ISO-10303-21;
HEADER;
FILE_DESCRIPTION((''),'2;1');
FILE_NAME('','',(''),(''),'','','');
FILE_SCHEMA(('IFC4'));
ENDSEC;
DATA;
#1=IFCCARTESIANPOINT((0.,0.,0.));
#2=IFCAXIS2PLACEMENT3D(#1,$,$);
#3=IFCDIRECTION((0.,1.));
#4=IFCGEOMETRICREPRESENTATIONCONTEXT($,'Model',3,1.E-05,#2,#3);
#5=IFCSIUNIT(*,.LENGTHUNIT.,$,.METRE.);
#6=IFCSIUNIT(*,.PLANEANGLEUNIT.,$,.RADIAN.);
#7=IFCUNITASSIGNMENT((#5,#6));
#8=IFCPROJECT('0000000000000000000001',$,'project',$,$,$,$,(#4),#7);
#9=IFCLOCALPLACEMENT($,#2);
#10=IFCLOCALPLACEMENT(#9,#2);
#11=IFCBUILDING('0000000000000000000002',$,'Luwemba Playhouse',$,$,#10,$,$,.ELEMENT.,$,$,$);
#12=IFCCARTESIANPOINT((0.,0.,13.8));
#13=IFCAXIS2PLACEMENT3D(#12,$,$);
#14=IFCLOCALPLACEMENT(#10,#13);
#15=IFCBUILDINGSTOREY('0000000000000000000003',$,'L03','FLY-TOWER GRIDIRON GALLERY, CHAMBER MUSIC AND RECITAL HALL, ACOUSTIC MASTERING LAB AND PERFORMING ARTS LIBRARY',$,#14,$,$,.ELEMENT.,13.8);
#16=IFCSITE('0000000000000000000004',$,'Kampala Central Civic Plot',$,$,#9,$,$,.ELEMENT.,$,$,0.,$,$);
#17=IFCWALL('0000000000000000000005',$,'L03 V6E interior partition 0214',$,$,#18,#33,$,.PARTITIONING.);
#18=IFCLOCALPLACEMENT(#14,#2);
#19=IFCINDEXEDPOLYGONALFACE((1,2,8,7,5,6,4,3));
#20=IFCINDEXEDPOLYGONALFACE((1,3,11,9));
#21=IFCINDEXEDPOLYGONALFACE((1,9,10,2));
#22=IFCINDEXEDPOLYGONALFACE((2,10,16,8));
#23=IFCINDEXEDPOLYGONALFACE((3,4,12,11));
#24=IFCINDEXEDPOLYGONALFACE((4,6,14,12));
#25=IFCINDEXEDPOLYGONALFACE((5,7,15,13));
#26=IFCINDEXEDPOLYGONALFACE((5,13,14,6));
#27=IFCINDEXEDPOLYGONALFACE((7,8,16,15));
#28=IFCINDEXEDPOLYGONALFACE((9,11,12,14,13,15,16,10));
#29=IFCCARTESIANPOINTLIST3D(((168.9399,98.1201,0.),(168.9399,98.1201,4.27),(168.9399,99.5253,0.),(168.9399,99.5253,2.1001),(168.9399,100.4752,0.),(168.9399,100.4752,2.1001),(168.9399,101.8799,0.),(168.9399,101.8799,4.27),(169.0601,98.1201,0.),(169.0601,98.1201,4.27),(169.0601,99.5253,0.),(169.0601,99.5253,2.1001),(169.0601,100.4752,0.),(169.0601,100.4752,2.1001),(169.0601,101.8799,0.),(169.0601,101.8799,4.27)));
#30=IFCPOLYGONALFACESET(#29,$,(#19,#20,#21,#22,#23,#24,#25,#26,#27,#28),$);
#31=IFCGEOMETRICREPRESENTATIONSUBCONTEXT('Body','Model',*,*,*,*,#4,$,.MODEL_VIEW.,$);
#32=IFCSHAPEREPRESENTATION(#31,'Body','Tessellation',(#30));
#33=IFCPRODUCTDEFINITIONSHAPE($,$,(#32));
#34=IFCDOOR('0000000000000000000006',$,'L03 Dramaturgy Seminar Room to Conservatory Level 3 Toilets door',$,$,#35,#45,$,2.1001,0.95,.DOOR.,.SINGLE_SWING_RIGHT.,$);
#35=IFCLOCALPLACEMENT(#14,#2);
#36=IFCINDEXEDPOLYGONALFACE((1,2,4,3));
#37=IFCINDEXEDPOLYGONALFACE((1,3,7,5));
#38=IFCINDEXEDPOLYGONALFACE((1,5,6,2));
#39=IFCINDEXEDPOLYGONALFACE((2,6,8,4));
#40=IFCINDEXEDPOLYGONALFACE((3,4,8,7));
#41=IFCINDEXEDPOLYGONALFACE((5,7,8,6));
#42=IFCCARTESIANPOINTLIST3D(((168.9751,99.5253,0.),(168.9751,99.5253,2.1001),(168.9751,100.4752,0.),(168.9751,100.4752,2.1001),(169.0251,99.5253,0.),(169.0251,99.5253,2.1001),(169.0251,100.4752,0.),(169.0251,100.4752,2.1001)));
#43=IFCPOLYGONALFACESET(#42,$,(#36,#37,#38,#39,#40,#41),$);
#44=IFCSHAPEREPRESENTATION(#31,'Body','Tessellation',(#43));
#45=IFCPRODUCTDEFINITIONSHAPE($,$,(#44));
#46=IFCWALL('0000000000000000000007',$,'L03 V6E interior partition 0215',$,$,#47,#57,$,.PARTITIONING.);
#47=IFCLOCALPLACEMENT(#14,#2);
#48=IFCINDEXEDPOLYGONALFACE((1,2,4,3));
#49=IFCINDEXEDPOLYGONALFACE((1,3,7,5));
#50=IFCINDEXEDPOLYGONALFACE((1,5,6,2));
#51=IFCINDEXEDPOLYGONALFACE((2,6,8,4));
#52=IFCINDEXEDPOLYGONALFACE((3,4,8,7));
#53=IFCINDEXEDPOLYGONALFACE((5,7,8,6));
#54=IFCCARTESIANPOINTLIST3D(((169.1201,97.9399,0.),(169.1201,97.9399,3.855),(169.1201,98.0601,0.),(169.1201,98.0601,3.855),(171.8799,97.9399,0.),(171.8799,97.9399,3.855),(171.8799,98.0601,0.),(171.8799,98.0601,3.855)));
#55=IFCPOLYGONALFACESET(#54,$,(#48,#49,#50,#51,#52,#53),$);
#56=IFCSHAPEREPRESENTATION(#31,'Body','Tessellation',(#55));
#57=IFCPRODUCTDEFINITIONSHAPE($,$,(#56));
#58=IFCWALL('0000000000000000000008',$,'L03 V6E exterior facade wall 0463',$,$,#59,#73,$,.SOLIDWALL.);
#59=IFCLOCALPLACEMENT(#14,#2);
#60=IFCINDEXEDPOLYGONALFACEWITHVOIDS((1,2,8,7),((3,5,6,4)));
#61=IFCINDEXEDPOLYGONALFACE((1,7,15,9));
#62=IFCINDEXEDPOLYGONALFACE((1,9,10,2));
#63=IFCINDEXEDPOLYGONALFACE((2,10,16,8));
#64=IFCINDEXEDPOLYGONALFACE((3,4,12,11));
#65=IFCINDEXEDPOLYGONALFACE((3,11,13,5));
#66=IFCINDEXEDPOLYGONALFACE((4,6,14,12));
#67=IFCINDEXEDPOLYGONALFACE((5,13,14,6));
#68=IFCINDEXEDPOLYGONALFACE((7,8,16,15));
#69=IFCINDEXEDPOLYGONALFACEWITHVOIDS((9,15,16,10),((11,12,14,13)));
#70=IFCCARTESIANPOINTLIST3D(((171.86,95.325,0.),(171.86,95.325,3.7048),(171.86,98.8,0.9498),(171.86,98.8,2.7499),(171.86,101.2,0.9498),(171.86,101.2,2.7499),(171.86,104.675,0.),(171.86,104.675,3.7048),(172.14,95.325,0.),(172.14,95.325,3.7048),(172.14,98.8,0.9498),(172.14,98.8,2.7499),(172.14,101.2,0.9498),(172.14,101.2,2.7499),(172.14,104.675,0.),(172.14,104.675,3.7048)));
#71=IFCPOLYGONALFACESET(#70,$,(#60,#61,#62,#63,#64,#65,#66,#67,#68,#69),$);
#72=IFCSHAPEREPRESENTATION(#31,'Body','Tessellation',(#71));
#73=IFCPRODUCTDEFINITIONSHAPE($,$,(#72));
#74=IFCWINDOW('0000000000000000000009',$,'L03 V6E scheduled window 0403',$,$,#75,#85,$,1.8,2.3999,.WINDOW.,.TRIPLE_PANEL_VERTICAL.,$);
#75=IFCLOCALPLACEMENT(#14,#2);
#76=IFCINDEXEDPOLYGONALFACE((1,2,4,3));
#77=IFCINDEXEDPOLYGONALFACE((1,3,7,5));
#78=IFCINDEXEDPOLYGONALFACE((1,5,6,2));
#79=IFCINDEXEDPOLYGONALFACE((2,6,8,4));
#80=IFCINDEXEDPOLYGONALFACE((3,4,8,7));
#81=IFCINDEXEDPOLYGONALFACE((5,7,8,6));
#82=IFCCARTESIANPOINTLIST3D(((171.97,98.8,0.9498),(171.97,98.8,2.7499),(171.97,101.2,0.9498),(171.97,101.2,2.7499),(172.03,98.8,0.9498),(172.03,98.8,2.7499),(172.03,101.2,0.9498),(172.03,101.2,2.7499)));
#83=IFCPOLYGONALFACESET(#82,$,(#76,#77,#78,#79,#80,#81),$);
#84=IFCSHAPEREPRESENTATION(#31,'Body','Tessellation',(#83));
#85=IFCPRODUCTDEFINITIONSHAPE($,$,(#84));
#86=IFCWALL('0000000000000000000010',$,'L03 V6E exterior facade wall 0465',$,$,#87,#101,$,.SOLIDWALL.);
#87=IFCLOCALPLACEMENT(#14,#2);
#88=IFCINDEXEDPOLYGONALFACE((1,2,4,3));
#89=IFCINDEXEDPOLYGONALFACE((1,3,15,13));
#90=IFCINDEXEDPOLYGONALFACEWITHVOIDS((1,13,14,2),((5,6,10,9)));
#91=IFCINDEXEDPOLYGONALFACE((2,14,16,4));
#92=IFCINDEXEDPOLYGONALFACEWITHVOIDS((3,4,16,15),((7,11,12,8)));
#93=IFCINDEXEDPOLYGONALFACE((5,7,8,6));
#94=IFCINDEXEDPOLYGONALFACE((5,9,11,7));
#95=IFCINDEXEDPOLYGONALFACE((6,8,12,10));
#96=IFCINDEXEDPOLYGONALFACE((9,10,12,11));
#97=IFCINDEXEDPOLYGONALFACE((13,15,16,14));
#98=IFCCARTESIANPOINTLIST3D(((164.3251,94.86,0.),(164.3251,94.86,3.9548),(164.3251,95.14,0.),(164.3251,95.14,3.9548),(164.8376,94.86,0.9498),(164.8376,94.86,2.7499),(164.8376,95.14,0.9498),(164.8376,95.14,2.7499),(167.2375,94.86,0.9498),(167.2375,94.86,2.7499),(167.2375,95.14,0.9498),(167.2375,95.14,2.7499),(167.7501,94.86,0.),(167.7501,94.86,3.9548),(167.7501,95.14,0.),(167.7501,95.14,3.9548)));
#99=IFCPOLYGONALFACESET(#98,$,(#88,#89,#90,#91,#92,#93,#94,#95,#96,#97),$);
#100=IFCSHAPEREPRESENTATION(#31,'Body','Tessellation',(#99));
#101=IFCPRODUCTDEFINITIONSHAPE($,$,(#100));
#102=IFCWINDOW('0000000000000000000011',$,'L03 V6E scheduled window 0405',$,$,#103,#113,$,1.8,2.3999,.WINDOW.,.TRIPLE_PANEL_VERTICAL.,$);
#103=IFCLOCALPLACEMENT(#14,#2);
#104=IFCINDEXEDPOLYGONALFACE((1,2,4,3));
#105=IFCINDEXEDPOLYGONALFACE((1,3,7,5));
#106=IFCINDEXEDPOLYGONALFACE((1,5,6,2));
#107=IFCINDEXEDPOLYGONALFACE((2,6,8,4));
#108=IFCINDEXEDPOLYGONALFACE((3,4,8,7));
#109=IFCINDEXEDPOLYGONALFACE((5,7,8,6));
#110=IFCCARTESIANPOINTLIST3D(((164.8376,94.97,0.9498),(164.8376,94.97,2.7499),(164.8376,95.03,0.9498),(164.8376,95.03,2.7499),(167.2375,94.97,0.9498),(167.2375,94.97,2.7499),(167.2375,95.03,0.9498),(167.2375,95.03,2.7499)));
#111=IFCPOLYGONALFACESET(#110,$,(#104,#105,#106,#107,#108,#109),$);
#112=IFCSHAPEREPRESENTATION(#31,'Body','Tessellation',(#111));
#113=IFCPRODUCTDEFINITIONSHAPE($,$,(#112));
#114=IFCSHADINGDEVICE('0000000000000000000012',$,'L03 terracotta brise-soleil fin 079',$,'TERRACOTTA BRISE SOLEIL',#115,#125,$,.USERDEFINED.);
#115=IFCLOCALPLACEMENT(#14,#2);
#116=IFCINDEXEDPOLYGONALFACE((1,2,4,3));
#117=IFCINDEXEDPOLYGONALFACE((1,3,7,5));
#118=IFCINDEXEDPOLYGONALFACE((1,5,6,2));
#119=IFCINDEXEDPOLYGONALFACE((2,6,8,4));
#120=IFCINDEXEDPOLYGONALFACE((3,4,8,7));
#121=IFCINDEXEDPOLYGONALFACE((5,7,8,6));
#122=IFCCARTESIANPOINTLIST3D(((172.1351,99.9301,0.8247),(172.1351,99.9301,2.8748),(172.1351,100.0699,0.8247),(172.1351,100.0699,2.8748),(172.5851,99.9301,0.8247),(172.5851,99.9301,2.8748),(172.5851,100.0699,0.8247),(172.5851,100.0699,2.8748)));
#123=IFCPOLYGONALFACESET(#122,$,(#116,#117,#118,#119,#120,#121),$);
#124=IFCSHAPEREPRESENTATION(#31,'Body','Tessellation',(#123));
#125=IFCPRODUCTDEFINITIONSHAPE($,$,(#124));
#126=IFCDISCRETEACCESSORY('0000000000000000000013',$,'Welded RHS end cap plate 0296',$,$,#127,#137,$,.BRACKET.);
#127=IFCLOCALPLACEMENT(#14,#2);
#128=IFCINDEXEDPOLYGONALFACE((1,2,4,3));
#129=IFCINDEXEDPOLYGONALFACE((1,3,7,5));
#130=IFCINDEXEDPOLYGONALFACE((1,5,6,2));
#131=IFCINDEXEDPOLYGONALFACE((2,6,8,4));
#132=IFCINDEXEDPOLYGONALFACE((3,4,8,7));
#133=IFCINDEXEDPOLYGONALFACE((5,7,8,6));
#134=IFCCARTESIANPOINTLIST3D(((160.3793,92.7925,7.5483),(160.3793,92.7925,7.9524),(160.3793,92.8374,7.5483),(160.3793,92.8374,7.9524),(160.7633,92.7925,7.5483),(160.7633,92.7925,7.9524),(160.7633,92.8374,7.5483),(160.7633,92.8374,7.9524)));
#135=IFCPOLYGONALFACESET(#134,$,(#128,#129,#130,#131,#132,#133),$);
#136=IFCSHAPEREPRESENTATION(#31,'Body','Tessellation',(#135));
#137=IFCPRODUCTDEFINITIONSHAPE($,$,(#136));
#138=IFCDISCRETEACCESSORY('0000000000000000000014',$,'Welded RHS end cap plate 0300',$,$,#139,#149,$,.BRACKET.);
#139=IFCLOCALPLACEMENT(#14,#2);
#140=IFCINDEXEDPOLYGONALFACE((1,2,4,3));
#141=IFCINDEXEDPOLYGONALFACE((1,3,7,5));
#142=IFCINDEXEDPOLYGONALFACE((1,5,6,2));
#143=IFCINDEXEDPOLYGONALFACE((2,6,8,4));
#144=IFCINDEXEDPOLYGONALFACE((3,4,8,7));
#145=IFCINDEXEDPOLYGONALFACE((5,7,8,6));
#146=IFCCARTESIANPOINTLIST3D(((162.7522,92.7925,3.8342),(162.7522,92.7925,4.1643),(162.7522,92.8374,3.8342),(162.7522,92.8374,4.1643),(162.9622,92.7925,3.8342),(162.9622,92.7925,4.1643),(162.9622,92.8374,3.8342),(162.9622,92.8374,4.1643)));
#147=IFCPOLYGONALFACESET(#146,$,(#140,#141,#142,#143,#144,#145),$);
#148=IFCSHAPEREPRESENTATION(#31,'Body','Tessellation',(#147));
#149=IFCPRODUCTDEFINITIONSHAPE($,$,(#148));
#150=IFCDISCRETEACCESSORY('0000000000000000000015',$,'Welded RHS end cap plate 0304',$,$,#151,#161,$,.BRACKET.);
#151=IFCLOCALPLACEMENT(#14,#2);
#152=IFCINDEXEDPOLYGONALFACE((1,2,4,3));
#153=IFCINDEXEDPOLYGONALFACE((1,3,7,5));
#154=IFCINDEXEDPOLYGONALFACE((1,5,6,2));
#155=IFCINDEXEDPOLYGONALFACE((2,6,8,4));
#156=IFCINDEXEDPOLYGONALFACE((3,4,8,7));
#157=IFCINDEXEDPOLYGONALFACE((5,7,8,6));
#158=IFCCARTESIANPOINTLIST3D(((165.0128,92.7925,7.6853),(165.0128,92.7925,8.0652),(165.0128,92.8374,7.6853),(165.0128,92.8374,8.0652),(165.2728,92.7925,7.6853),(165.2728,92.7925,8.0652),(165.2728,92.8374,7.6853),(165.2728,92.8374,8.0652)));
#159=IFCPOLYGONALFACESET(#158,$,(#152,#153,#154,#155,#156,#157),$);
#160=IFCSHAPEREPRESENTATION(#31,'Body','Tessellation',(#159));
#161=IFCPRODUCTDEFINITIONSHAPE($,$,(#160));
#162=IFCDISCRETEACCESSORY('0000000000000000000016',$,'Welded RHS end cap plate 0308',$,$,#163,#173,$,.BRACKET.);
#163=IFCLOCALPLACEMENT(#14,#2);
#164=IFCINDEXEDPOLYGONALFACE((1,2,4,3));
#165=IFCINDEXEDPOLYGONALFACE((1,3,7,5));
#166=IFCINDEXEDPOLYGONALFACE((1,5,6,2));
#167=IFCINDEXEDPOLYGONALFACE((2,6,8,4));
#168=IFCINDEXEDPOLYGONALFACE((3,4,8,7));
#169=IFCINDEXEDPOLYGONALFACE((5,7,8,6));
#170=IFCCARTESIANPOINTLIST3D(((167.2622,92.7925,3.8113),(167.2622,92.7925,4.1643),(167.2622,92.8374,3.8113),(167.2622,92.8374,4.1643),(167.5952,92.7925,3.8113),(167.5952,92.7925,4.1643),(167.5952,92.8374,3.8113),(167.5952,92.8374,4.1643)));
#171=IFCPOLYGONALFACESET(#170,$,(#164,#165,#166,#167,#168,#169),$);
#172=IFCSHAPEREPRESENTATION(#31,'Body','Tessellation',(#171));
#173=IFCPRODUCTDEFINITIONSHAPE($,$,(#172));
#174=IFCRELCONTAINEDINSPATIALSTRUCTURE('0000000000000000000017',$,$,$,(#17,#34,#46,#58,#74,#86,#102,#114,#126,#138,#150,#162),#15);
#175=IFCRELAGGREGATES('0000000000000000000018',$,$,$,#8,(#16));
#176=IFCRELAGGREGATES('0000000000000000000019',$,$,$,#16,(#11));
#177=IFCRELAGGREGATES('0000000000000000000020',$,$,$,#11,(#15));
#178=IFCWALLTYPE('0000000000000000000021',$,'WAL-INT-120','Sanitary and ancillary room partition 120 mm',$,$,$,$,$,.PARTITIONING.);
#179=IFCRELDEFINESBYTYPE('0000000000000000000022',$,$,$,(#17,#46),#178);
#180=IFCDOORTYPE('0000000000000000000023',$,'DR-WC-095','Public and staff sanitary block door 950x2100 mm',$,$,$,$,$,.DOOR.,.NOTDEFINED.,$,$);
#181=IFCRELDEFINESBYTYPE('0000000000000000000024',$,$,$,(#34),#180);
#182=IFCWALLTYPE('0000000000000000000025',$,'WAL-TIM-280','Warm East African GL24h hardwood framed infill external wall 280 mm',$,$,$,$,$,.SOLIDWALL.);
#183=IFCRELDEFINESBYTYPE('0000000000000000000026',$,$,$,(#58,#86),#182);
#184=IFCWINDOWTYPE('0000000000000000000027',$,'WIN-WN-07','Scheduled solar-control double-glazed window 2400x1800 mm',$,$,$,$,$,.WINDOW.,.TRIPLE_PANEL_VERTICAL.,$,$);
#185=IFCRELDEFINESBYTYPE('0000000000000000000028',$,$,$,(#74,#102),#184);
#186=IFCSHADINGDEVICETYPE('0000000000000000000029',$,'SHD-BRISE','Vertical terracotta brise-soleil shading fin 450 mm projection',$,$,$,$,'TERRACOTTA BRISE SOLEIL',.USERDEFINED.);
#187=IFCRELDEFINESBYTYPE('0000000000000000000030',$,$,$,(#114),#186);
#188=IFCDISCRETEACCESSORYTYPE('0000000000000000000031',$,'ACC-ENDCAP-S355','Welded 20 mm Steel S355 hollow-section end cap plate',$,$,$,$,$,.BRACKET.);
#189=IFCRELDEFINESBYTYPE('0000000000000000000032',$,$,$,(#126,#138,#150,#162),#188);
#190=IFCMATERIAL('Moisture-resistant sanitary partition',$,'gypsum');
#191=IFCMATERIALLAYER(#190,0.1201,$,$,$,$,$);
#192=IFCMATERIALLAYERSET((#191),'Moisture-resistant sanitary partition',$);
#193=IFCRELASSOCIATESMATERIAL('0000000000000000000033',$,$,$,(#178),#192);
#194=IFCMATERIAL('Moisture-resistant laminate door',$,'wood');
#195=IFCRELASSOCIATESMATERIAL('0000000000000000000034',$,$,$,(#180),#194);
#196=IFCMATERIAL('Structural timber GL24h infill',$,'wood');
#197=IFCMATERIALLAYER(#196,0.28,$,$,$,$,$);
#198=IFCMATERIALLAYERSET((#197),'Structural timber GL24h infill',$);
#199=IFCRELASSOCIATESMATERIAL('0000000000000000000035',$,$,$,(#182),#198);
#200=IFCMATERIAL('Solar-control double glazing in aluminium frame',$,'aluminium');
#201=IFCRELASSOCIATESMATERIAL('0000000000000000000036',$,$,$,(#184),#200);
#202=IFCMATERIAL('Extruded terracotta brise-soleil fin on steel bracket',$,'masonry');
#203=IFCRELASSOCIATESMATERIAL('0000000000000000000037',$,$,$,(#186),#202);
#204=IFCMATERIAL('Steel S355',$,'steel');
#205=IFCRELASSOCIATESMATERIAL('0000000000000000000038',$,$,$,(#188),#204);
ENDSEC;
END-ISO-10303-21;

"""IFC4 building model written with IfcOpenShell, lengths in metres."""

from ifc_helpers import new_model, si_unit, direction, frame, frame_2d, origin, origin_2d, place, context, subcontext, project, spatial, rectangle, extrude, material, layer, layer_set, type_object, element, fill, save


model = new_model("IFC4")

# Units and contexts
model_context = context("Model", 3, precision=1e-05, world=origin(), true_north=direction((0.0, 1.0)))
body_context = subcontext(model_context, "Body", "Model", "MODEL_VIEW")
ifc_project = project(units=[si_unit("LENGTHUNIT", "METRE"), si_unit("PLANEANGLEUNIT", "RADIAN")], contexts=[model_context])

# Site, building, storey
site_placement = place(None, origin())
site = spatial("IfcSite", under=ifc_project, at=site_placement, Name="Kampala Central Civic Plot", CompositionType="ELEMENT", RefElevation=0.0)
building_placement = place(site_placement, origin())
building = spatial("IfcBuilding", under=site, at=building_placement, Name="Luwemba Playhouse", CompositionType="ELEMENT")
storey_placement = place(building_placement, frame((0.0, 0.0, 13.8)))
storey = spatial("IfcBuildingStorey", under=building, at=storey_placement, Name="L03", Description="FLY-TOWER GRIDIRON GALLERY, CHAMBER MUSIC AND RECITAL HALL, ACOUSTIC MASTERING LAB AND PERFORMING ARTS LIBRARY", CompositionType="ELEMENT", Elevation=13.8)

# Shared definitions
ifc_material_1 = material(Name="Steel S355", Category="steel")

# Shared definitions
ifc_material_2 = material(Name="Solar-control double glazing in aluminium frame", Category="aluminium")

# Wall, opening, door
ifc_material_3 = material(Name="Moisture-resistant sanitary partition", Category="gypsum")
ifc_layer_1 = layer(ifc_material_3, 0.1201)
ifc_layer_set_1 = layer_set([ifc_layer_1], Name="Moisture-resistant sanitary partition")
wall_type_1 = type_object("IfcWallType", Name="WAL-INT-120", Description="Sanitary and ancillary room partition 120 mm", PredefinedType="PARTITIONING", material=ifc_layer_set_1)
wall_1_placement = place(storey_placement, frame((169.0, 98.1201, 0.0), z_axis=(0.0, 0.0, 1.0), x_axis=(0.0, 1.0, 0.0)))
wall_1 = element("IfcWall", 1, at=wall_1_placement, inside=storey, type_object=wall_type_1, Name="L03 V6E interior partition 0214", PredefinedType="PARTITIONING", context=body_context, shape_type="SweptSolid", body=[
    extrude(rectangle(XDim=3.7598, YDim=0.1201, at=frame_2d((1.8799, 0.0))), origin(), (0.0, 0.0, 1.0), 4.27),
])
opening_1_placement = place(wall_1_placement, frame((1.405, 0.0, 0.0)))
opening_1 = element("IfcOpeningElement", 2, at=opening_1_placement, cuts=wall_1, PredefinedType="OPENING", context=body_context, shape_type="SweptSolid", body=[
    extrude(rectangle(XDim=0.95, YDim=2.1001, at=frame_2d((0.4751, 1.05))), frame((0.0, 0.0701, 0.0), z_axis=(0.0, -1.0, 0.0), x_axis=(1.0, 0.0, 0.0)), (0.0, 0.0, 1.0), 0.1401),
])
ifc_material_4 = material(Name="Moisture-resistant laminate door", Category="wood")
door_type_1 = type_object("IfcDoorType", Name="DR-WC-095", Description="Public and staff sanitary block door 950x2100 mm", OperationType="NOTDEFINED", PredefinedType="DOOR", material=ifc_material_4)
door_1_placement = place(opening_1_placement, origin())
door_1 = element("IfcDoor", 3, at=door_1_placement, inside=storey, type_object=door_type_1, Name="L03 Dramaturgy Seminar Room to Conservatory Level 3 Toilets door", OperationType="SINGLE_SWING_RIGHT", OverallHeight=2.1001, OverallWidth=0.95, PredefinedType="DOOR", context=body_context, shape_type="SweptSolid", body=[
    extrude(rectangle(XDim=0.95, YDim=2.1001, at=frame_2d((0.4751, 1.05))), frame((0.0, 0.0249, 0.0), z_axis=(0.0, -1.0, 0.0), x_axis=(1.0, 0.0, 0.0)), (0.0, 0.0, 1.0), 0.05),
])
fill(opening_1, door_1)

# Wall
wall_2_placement = place(storey_placement, frame((169.1201, 98.0, 0.0), z_axis=(0.0, 0.0, 1.0), x_axis=(1.0, 0.0, 0.0)))
element("IfcWall", 4, at=wall_2_placement, inside=storey, type_object=wall_type_1, Name="L03 V6E interior partition 0215", PredefinedType="PARTITIONING", context=body_context, shape_type="SweptSolid", body=[
    extrude(rectangle(XDim=2.7598, YDim=0.1201, at=frame_2d((1.3799, 0.0))), origin(), (0.0, 0.0, 1.0), 3.855),
])

# Walls, openings, windows
ifc_material_5 = material(Name="Structural timber GL24h infill", Category="wood")
ifc_layer_2 = layer(ifc_material_5, 0.28)
ifc_layer_set_2 = layer_set([ifc_layer_2], Name="Structural timber GL24h infill")
wall_type_2 = type_object("IfcWallType", Name="WAL-TIM-280", Description="Warm East African GL24h hardwood framed infill external wall 280 mm", PredefinedType="SOLIDWALL", material=ifc_layer_set_2)
wall_3_placement = place(storey_placement, frame((172.0, 104.675, 0.0), z_axis=(0.0, 0.0, 1.0), x_axis=(0.0, -1.0, 0.0)))
wall_3 = element("IfcWall", 5, at=wall_3_placement, inside=storey, type_object=wall_type_2, Name="L03 V6E exterior facade wall 0463", PredefinedType="SOLIDWALL", context=body_context, shape_type="SweptSolid", body=[
    extrude(rectangle(XDim=9.3501, YDim=0.28, at=frame_2d((4.675, 0.0))), origin(), (0.0, 0.0, 1.0), 3.7048),
])
opening_2_placement = place(wall_3_placement, frame((3.4751, 0.0, 0.95)))
opening_2 = element("IfcOpeningElement", 6, at=opening_2_placement, cuts=wall_3, PredefinedType="OPENING", context=body_context, shape_type="SweptSolid", body=[
    extrude(rectangle(XDim=2.3999, YDim=1.8, at=frame_2d((1.2, 0.8999))), frame((0.0, 0.1499, 0.0), z_axis=(0.0, -1.0, 0.0), x_axis=(1.0, 0.0, 0.0)), (0.0, 0.0, 1.0), 0.3),
])
window_type_1 = type_object("IfcWindowType", Name="WIN-WN-07", Description="Scheduled solar-control double-glazed window 2400x1800 mm", PartitioningType="TRIPLE_PANEL_VERTICAL", PredefinedType="WINDOW", material=ifc_material_2)
window_1_placement = place(opening_2_placement, origin())
window_1 = element("IfcWindow", 7, at=window_1_placement, inside=storey, type_object=window_type_1, Name="L03 V6E scheduled window 0403", OverallHeight=1.8, OverallWidth=2.3999, PartitioningType="TRIPLE_PANEL_VERTICAL", PredefinedType="WINDOW", context=body_context, shape_type="SweptSolid", body=[
    extrude(rectangle(XDim=2.3999, YDim=1.8, at=frame_2d((1.2, 0.8999))), frame((0.0, 0.03, 0.0), z_axis=(0.0, -1.0, 0.0), x_axis=(1.0, 0.0, 0.0)), (0.0, 0.0, 1.0), 0.0601),
])
fill(opening_2, window_1)
wall_4_placement = place(storey_placement, frame((167.75, 95.0, 0.0), z_axis=(0.0, 0.0, 1.0), x_axis=(-1.0, 0.0, 0.0)))
wall_4 = element("IfcWall", 8, at=wall_4_placement, inside=storey, type_object=wall_type_2, Name="L03 V6E exterior facade wall 0465", PredefinedType="SOLIDWALL", context=body_context, shape_type="SweptSolid", body=[
    extrude(rectangle(XDim=3.425, YDim=0.28, at=frame_2d((1.7124, 0.0))), origin(), (0.0, 0.0, 1.0), 3.9548),
])
opening_3_placement = place(wall_4_placement, frame((0.5125, 0.0, 0.95)))
opening_3 = element("IfcOpeningElement", 9, at=opening_3_placement, cuts=wall_4, PredefinedType="OPENING", context=body_context, shape_type="SweptSolid", body=[
    extrude(rectangle(XDim=2.3999, YDim=1.8, at=frame_2d((1.2, 0.8999))), frame((0.0, 0.1499, 0.0), z_axis=(0.0, -1.0, 0.0), x_axis=(1.0, 0.0, 0.0)), (0.0, 0.0, 1.0), 0.3),
])
window_2_placement = place(opening_3_placement, origin())
window_2 = element("IfcWindow", 10, at=window_2_placement, inside=storey, type_object=window_type_1, Name="L03 V6E scheduled window 0405", OverallHeight=1.8, OverallWidth=2.3999, PartitioningType="TRIPLE_PANEL_VERTICAL", PredefinedType="WINDOW", context=body_context, shape_type="SweptSolid", body=[
    extrude(rectangle(XDim=2.3999, YDim=1.8, at=frame_2d((1.2, 0.8999))), frame((0.0, 0.03, 0.0), z_axis=(0.0, -1.0, 0.0), x_axis=(1.0, 0.0, 0.0)), (0.0, 0.0, 1.0), 0.0601),
])
fill(opening_3, window_2)

# Shading device
ifc_material_6 = material(Name="Extruded terracotta brise-soleil fin on steel bracket", Category="masonry")
shading_device_type = type_object("IfcShadingDeviceType", Name="SHD-BRISE", Description="Vertical terracotta brise-soleil shading fin 450 mm projection", ElementType="TERRACOTTA BRISE SOLEIL", PredefinedType="USERDEFINED", material=ifc_material_6)
shading_device_placement = place(storey_placement, frame((172.3601, 100.0, 0.8247), z_axis=(0.0, 0.0, 1.0), x_axis=(0.0, -1.0, 0.0)))
element("IfcShadingDevice", 11, at=shading_device_placement, inside=storey, type_object=shading_device_type, Name="L03 terracotta brise-soleil fin 079", ObjectType="TERRACOTTA BRISE SOLEIL", PredefinedType="USERDEFINED", context=body_context, shape_type="SweptSolid", body=[
    extrude(rectangle(XDim=0.1399, YDim=0.45, at=origin_2d()), origin(), (0.0, 0.0, 1.0), 2.05),
])

# Discrete accessories
discrete_accessory_type = type_object("IfcDiscreteAccessoryType", Name="ACC-ENDCAP-S355", Description="Welded 20 mm Steel S355 hollow-section end cap plate", PredefinedType="BRACKET", material=ifc_material_1)
discrete_accessory_1_placement = place(storey_placement, frame((160.5713, 92.8149, 7.5483), z_axis=(0.0, 0.0, 1.0), x_axis=(1.0, 0.0, 0.0)))
element("IfcDiscreteAccessory", 12, at=discrete_accessory_1_placement, inside=storey, type_object=discrete_accessory_type, Name="Welded RHS end cap plate 0296", PredefinedType="BRACKET", context=body_context, shape_type="SweptSolid", body=[
    extrude(rectangle(XDim=0.384, YDim=0.0449, at=origin_2d()), origin(), (0.0, 0.0, 1.0), 0.4041),
])
discrete_accessory_2_placement = place(storey_placement, frame((162.8572, 92.8149, 3.8342), z_axis=(0.0, 0.0, 1.0), x_axis=(1.0, 0.0, 0.0)))
element("IfcDiscreteAccessory", 13, at=discrete_accessory_2_placement, inside=storey, type_object=discrete_accessory_type, Name="Welded RHS end cap plate 0300", PredefinedType="BRACKET", context=body_context, shape_type="SweptSolid", body=[
    extrude(rectangle(XDim=0.21, YDim=0.0449, at=origin_2d()), origin(), (0.0, 0.0, 1.0), 0.3301),
])
discrete_accessory_3_placement = place(storey_placement, frame((165.1428, 92.8149, 7.6853), z_axis=(0.0, 0.0, 1.0), x_axis=(1.0, 0.0, 0.0)))
element("IfcDiscreteAccessory", 14, at=discrete_accessory_3_placement, inside=storey, type_object=discrete_accessory_type, Name="Welded RHS end cap plate 0304", PredefinedType="BRACKET", context=body_context, shape_type="SweptSolid", body=[
    extrude(rectangle(XDim=0.26, YDim=0.0449, at=origin_2d()), origin(), (0.0, 0.0, 1.0), 0.3799),
])
discrete_accessory_4_placement = place(storey_placement, frame((167.4287, 92.8149, 3.8113), z_axis=(0.0, 0.0, 1.0), x_axis=(1.0, 0.0, 0.0)))
element("IfcDiscreteAccessory", 15, at=discrete_accessory_4_placement, inside=storey, type_object=discrete_accessory_type, Name="Welded RHS end cap plate 0308", PredefinedType="BRACKET", context=body_context, shape_type="SweptSolid", body=[
    extrude(rectangle(XDim=0.333, YDim=0.0449, at=origin_2d()), origin(), (0.0, 0.0, 1.0), 0.353),
])

save(model, "model.ifc")
